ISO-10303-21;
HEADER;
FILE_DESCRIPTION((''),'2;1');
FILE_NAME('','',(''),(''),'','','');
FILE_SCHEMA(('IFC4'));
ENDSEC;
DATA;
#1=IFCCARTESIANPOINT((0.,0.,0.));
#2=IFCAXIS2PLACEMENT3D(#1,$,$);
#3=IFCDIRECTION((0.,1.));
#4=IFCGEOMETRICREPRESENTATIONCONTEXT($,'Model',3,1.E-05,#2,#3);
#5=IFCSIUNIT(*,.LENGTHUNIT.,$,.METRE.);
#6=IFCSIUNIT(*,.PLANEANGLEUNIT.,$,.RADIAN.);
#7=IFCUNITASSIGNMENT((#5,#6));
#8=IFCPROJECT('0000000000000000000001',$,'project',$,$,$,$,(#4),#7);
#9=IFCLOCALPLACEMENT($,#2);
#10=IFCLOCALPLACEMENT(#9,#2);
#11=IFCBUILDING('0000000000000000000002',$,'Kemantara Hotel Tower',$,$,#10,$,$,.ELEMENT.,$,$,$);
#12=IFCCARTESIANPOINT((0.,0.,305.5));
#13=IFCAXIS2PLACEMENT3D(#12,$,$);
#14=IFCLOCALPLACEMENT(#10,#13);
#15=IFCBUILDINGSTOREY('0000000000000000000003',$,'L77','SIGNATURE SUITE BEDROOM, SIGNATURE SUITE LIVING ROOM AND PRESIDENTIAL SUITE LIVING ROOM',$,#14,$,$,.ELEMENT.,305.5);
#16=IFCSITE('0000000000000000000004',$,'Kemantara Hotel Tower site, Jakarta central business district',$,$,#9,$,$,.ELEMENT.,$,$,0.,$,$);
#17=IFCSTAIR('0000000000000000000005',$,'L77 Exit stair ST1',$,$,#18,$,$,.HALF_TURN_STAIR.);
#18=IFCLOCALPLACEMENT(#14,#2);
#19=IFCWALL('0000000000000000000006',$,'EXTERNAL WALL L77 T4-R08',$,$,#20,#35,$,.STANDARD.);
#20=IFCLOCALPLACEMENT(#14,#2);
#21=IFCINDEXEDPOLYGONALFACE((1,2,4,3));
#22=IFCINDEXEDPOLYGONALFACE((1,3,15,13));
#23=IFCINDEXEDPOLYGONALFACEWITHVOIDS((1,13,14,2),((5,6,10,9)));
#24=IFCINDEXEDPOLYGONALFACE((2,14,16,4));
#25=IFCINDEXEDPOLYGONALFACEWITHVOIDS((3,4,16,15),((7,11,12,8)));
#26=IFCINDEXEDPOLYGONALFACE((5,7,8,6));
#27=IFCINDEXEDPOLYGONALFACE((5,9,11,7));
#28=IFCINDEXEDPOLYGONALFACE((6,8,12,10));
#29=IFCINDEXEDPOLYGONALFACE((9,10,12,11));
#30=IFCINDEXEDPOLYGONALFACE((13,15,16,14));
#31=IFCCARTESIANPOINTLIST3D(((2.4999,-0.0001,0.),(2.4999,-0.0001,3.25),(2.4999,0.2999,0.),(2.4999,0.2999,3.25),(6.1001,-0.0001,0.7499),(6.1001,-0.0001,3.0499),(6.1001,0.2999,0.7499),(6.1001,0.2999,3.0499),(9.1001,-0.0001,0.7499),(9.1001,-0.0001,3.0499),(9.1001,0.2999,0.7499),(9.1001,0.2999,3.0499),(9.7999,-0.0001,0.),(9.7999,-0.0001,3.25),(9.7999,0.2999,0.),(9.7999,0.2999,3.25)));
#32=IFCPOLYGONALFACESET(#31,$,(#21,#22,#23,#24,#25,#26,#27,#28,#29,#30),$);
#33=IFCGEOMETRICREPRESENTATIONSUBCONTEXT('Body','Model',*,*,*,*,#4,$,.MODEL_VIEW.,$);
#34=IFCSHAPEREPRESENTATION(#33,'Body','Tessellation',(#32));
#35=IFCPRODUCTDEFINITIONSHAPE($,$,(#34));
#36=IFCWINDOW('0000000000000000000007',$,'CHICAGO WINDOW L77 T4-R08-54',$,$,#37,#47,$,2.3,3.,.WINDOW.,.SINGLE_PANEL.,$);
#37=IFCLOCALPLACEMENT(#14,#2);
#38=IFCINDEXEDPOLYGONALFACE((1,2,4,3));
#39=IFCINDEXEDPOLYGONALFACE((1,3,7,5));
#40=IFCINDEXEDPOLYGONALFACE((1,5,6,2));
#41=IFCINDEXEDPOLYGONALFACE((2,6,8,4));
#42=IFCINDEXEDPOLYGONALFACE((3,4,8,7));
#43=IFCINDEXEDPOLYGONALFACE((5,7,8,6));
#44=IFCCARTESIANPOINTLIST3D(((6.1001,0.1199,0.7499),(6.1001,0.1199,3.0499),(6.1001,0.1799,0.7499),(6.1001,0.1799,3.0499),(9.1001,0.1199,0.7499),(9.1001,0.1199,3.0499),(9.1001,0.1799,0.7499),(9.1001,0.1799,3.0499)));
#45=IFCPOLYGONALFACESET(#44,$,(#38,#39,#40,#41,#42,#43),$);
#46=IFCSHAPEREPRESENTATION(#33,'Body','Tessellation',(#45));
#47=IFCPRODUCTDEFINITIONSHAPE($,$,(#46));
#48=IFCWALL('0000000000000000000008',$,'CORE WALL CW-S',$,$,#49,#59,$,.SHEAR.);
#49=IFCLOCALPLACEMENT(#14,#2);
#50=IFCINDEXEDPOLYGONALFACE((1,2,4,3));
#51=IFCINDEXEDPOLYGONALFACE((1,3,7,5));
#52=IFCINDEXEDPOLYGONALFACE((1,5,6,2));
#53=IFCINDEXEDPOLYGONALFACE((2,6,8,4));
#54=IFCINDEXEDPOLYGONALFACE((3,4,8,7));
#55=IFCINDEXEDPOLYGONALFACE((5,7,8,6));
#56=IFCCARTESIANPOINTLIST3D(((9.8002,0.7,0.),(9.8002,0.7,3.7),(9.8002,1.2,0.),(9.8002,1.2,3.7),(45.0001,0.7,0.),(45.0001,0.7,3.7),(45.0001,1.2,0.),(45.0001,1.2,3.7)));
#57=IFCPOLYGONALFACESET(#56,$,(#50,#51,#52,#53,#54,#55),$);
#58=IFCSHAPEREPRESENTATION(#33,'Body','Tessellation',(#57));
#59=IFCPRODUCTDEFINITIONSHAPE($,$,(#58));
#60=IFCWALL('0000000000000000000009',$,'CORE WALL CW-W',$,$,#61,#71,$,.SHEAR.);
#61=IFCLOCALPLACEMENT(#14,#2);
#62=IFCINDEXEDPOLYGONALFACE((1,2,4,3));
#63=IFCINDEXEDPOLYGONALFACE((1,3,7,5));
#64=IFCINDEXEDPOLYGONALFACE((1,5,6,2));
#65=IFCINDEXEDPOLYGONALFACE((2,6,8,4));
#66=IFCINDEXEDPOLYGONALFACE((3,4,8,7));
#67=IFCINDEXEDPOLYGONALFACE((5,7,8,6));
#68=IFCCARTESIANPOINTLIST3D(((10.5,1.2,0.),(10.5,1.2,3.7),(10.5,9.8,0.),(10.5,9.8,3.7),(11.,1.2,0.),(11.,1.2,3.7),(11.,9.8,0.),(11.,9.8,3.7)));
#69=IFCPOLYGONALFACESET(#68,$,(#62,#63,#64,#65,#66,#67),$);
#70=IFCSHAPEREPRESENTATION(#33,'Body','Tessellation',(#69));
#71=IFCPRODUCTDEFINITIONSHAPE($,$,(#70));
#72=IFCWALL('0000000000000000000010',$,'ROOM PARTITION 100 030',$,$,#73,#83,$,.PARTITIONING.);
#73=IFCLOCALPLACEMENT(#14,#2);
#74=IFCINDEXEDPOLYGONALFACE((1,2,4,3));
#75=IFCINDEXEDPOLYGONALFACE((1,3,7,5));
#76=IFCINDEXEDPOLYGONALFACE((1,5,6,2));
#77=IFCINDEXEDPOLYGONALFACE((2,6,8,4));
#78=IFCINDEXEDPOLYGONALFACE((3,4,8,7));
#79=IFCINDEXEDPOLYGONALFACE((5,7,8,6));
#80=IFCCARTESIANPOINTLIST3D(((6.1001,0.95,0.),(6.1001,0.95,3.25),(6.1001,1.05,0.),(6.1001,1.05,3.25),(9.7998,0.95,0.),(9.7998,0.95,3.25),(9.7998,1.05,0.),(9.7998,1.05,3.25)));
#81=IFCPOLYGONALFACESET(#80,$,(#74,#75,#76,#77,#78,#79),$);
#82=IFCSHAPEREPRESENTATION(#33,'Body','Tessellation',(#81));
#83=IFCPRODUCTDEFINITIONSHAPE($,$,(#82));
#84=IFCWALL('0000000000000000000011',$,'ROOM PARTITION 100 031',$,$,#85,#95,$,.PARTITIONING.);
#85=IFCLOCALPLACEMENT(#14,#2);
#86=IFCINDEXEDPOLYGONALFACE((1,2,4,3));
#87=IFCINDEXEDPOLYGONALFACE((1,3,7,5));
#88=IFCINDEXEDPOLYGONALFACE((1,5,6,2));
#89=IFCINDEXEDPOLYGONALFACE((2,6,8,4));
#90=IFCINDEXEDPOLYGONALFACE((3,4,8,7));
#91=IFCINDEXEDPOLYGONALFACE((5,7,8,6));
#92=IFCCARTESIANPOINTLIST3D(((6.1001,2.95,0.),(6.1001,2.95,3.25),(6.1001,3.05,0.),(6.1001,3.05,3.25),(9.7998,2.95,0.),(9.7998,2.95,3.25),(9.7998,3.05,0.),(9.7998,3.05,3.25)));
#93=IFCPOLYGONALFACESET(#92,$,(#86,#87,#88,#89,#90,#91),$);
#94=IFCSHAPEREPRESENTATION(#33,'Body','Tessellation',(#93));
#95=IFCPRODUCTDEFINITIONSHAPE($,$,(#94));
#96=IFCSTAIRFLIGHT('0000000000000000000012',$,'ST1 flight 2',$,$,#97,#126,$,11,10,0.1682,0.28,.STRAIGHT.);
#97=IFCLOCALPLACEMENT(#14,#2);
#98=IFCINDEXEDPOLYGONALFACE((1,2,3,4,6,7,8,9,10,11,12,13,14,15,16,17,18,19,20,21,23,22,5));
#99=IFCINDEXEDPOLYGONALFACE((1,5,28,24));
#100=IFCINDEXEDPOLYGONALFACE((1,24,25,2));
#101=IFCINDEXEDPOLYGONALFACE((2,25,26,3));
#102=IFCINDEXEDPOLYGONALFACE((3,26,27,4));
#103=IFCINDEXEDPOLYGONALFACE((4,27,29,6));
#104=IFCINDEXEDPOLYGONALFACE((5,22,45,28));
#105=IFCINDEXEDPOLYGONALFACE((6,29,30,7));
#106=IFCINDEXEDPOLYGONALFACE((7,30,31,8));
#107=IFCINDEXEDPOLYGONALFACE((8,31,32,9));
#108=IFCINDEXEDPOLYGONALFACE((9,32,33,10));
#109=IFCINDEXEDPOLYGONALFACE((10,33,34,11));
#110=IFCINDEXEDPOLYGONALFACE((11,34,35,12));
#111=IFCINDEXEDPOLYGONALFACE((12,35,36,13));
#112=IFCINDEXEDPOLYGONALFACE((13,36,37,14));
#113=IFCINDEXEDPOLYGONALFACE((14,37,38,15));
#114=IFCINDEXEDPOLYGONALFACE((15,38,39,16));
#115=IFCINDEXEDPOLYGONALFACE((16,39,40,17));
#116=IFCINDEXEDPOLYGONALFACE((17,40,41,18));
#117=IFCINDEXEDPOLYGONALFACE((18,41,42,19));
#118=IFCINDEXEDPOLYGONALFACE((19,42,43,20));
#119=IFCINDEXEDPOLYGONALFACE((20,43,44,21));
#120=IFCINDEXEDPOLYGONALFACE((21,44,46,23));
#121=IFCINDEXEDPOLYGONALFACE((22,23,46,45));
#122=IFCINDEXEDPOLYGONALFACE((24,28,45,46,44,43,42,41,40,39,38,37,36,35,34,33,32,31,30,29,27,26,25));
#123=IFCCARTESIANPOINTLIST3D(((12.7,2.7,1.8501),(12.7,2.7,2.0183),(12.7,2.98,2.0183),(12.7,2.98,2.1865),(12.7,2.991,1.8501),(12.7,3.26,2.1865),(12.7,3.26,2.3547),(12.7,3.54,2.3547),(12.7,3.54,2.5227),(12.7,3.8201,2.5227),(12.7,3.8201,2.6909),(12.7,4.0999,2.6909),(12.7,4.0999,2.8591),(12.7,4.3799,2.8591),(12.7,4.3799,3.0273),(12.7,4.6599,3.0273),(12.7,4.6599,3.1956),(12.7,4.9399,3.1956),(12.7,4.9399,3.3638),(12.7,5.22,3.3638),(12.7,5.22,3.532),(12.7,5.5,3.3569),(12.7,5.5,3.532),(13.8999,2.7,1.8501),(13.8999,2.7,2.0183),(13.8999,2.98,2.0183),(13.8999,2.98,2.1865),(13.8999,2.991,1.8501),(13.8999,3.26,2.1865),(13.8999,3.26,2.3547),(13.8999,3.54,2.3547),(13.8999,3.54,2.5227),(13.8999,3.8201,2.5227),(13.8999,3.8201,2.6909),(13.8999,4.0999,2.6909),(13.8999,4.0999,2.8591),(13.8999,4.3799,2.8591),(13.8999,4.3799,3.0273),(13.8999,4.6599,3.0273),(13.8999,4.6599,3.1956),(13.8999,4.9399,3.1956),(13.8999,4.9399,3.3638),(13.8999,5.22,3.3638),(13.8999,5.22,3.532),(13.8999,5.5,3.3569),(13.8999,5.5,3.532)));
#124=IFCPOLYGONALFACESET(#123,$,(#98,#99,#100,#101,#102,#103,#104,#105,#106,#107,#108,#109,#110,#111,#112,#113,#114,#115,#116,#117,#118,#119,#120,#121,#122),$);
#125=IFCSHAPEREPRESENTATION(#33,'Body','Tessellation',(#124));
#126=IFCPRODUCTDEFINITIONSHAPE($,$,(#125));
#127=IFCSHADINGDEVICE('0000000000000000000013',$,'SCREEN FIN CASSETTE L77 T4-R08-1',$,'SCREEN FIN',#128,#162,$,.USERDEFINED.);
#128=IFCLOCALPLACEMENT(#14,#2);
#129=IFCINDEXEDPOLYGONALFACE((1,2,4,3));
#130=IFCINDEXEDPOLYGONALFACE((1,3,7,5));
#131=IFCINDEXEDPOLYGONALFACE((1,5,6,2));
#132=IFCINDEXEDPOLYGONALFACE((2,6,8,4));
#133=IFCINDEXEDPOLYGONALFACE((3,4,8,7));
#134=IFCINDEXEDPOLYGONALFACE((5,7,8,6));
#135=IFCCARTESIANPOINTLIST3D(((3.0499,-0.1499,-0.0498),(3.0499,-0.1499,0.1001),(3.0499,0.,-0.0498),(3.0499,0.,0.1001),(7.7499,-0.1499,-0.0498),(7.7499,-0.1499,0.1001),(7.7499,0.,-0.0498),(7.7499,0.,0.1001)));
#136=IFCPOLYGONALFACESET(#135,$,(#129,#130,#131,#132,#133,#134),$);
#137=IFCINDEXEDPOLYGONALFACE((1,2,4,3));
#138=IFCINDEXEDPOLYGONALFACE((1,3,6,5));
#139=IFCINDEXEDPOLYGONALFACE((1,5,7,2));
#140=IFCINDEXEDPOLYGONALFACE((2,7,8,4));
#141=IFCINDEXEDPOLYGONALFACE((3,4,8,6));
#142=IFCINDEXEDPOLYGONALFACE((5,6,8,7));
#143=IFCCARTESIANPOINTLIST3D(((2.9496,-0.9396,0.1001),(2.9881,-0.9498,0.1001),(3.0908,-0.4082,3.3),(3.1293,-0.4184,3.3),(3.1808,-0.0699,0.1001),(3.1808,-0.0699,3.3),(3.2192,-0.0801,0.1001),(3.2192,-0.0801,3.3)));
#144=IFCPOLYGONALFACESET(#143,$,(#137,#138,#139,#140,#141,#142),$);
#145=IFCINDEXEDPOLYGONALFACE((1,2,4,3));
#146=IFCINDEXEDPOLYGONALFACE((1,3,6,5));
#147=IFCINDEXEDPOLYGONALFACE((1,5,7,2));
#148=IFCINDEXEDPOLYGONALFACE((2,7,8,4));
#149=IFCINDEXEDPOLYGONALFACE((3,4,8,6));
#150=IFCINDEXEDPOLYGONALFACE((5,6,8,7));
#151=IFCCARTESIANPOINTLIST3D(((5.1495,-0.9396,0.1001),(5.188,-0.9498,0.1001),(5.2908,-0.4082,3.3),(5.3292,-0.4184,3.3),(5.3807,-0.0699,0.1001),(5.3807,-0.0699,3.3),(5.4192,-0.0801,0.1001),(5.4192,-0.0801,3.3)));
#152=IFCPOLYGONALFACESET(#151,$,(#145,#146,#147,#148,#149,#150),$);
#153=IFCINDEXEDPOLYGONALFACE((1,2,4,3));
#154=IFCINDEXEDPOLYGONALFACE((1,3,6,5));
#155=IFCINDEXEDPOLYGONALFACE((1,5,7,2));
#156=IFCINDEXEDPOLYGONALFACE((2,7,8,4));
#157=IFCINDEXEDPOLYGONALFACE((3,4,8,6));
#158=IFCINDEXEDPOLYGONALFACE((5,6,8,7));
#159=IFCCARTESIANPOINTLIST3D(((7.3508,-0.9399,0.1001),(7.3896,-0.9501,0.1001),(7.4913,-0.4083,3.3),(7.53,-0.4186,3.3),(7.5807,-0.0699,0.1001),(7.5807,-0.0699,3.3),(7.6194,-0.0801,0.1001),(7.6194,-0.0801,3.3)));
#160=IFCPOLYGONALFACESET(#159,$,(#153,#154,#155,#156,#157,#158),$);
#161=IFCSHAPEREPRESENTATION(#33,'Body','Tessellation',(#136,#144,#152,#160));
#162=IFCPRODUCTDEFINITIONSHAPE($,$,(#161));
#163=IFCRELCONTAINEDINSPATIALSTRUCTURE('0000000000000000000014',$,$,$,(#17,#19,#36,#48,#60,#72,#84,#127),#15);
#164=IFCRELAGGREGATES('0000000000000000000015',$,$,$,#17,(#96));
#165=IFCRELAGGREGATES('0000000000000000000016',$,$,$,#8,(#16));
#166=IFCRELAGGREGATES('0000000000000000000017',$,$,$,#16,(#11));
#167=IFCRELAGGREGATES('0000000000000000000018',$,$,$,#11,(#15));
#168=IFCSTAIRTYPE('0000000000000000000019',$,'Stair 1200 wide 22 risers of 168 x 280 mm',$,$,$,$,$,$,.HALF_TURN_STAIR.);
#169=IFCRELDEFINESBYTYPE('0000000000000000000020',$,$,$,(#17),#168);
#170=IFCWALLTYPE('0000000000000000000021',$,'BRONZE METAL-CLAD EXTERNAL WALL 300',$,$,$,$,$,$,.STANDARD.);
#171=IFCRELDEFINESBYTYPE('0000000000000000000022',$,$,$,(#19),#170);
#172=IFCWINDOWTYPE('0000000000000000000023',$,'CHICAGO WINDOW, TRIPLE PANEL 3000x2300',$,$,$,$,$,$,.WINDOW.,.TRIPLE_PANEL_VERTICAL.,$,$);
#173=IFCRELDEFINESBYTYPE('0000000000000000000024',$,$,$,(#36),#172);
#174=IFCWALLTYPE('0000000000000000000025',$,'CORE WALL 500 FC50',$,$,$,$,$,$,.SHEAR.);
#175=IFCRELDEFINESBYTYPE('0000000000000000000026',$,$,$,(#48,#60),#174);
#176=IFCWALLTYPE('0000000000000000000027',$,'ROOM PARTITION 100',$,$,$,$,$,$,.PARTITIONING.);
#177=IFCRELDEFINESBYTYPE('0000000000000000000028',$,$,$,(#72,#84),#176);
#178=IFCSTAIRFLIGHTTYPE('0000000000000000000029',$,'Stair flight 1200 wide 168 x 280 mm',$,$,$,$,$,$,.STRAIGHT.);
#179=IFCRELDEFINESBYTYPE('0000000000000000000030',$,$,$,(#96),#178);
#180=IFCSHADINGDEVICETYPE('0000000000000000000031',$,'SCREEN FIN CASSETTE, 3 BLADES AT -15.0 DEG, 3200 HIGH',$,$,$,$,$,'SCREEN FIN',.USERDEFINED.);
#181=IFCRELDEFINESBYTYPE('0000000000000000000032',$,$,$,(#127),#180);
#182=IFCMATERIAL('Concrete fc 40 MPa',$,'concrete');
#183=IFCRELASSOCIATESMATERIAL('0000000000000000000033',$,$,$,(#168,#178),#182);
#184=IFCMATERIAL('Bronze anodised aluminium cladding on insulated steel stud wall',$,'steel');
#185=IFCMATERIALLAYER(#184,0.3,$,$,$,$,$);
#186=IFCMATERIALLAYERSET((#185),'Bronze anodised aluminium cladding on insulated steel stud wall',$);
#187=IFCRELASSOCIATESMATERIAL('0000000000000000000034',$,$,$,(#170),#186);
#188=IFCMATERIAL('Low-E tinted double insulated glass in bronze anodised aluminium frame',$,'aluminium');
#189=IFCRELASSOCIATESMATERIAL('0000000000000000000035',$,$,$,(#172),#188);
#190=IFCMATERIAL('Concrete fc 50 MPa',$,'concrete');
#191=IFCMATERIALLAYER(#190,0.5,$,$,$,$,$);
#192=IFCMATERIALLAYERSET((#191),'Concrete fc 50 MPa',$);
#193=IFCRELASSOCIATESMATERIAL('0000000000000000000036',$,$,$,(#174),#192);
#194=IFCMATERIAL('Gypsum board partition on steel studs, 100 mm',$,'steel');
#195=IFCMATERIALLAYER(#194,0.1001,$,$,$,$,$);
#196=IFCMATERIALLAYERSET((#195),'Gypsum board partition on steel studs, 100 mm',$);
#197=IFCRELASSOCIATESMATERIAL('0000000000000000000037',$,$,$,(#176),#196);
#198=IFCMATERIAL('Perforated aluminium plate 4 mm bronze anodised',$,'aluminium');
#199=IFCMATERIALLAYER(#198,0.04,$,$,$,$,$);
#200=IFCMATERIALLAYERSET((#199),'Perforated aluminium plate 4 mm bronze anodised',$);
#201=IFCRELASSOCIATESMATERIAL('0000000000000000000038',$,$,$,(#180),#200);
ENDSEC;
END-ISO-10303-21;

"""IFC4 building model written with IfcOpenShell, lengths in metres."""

from ifc_helpers import new_model, si_unit, direction, frame, frame_2d, origin, origin_2d, place, context, subcontext, project, spatial, polyline, rectangle, outline, extrude, source, transform, mapped, material, layer, layer_set, type_object, element, fill, aggregate, save


model = new_model("IFC4")

# Units and contexts
model_context = context("Model", 3, precision=1e-05, world=origin(), true_north=direction((0.0, 1.0)))
body_context = subcontext(model_context, "Body", "Model", "MODEL_VIEW")
ifc_project = project(units=[si_unit("LENGTHUNIT", "METRE"), si_unit("PLANEANGLEUNIT", "RADIAN")], contexts=[model_context])

# Site, building, storey
site_placement = place(None, origin())
site = spatial("IfcSite", under=ifc_project, at=site_placement, Name="Kemantara Hotel Tower site, Jakarta central business district", CompositionType="ELEMENT", RefElevation=0.0)
building_placement = place(site_placement, origin())
building = spatial("IfcBuilding", under=site, at=building_placement, Name="Kemantara Hotel Tower", CompositionType="ELEMENT")
storey_placement = place(building_placement, frame((0.0, 0.0, 305.5)))
storey = spatial("IfcBuildingStorey", under=building, at=storey_placement, Name="L77", Description="SIGNATURE SUITE BEDROOM, SIGNATURE SUITE LIVING ROOM AND PRESIDENTIAL SUITE LIVING ROOM", CompositionType="ELEMENT", Elevation=305.5)

# Shared definitions
ifc_material_1 = material(Name="Concrete fc 50 MPa", Category="concrete")

# Shared definitions
ifc_material_2 = material(Name="Concrete fc 40 MPa", Category="concrete")

# Stair
stair_type_1 = type_object("IfcStairType", Name="Stair 1200 wide 22 risers of 168 x 280 mm", PredefinedType="HALF_TURN_STAIR", material=ifc_material_2)
stair_1_placement = place(storey_placement, origin())
stair_1 = element("IfcStair", 1, at=stair_1_placement, inside=storey, type_object=stair_type_1, Name="L77 Exit stair ST1", PredefinedType="HALF_TURN_STAIR")

# Shared definitions
ifc_material_3 = material(Name="Bronze anodised aluminium cladding on insulated steel stud wall", Category="steel")
ifc_layer_1 = layer(ifc_material_3, 0.3)
ifc_layer_set_1 = layer_set([ifc_layer_1], Name="Bronze anodised aluminium cladding on insulated steel stud wall")
wall_type_1 = type_object("IfcWallType", Name="BRONZE METAL-CLAD EXTERNAL WALL 300", PredefinedType="STANDARD", material=ifc_layer_set_1)

# Wall, opening, window
wall_1_placement = place(storey_placement, frame((2.5, 0.1499, 0.0), z_axis=(0.0, 0.0, 1.0), x_axis=(1.0, 0.0, 0.0)))
wall_1 = element("IfcWall", 2, at=wall_1_placement, inside=storey, type_object=wall_type_1, Name="EXTERNAL WALL L77 T4-R08", PredefinedType="STANDARD", context=body_context, shape_type="SweptSolid", body=[
    extrude(rectangle(XDim=7.3, YDim=0.3, at=frame_2d((3.6499, 0.0))), origin(), (0.0, 0.0, 1.0), 3.25),
])
opening_placement = place(wall_1_placement, frame((3.6001, 0.0, 0.75)))
opening = element("IfcOpeningElement", 3, at=opening_placement, cuts=wall_1, PredefinedType="OPENING", context=body_context, shape_type="SweptSolid", body=[
    extrude(rectangle(XDim=3.0, YDim=2.3, at=frame_2d((1.5, 1.1499))), frame((0.0, 0.1599, 0.0), z_axis=(0.0, -1.0, 0.0), x_axis=(1.0, 0.0, 0.0)), (0.0, 0.0, 1.0), 0.3201),
])
ifc_material_4 = material(Name="Low-E tinted double insulated glass in bronze anodised aluminium frame", Category="aluminium")
window_type = type_object("IfcWindowType", Name="CHICAGO WINDOW, TRIPLE PANEL 3000x2300", PartitioningType="TRIPLE_PANEL_VERTICAL", PredefinedType="WINDOW", material=ifc_material_4)
window_placement = place(opening_placement, origin())
window = element("IfcWindow", 4, at=window_placement, inside=storey, type_object=window_type, Name="CHICAGO WINDOW L77 T4-R08-54", OverallHeight=2.3, OverallWidth=3.0, PartitioningType="SINGLE_PANEL", PredefinedType="WINDOW", context=body_context, shape_type="SweptSolid", body=[
    extrude(rectangle(XDim=3.0, YDim=2.3, at=frame_2d((1.5, 1.1499))), frame((0.0, 0.03, 0.0), z_axis=(0.0, -1.0, 0.0), x_axis=(1.0, 0.0, 0.0)), (0.0, 0.0, 1.0), 0.0601),
])
fill(opening, window)

# Walls
ifc_layer_2 = layer(ifc_material_1, 0.5)
ifc_layer_set_2 = layer_set([ifc_layer_2], Name="Concrete fc 50 MPa")
wall_type_2 = type_object("IfcWallType", Name="CORE WALL 500 FC50", PredefinedType="SHEAR", material=ifc_layer_set_2)
wall_2_placement = place(storey_placement, frame((9.8, 0.95, 0.0), z_axis=(0.0, 0.0, 1.0), x_axis=(1.0, 0.0, 0.0)))
element("IfcWall", 5, at=wall_2_placement, inside=storey, type_object=wall_type_2, Name="CORE WALL CW-S", PredefinedType="SHEAR", context=body_context, shape_type="SweptSolid", body=[
    extrude(rectangle(XDim=35.2, YDim=0.5, at=frame_2d((17.6001, 0.0))), origin(), (0.0, 0.0, 1.0), 3.7),
])
wall_3_placement = place(storey_placement, frame((10.75, 1.2, 0.0), z_axis=(0.0, 0.0, 1.0), x_axis=(0.0, 1.0, 0.0)))
element("IfcWall", 6, at=wall_3_placement, inside=storey, type_object=wall_type_2, Name="CORE WALL CW-W", PredefinedType="SHEAR", context=body_context, shape_type="SweptSolid", body=[
    extrude(rectangle(XDim=8.6001, YDim=0.5, at=frame_2d((4.3, 0.0))), origin(), (0.0, 0.0, 1.0), 3.7),
])
ifc_material_5 = material(Name="Gypsum board partition on steel studs, 100 mm", Category="steel")
ifc_layer_3 = layer(ifc_material_5, 0.1001)
ifc_layer_set_3 = layer_set([ifc_layer_3], Name="Gypsum board partition on steel studs, 100 mm")
wall_type_3 = type_object("IfcWallType", Name="ROOM PARTITION 100", PredefinedType="PARTITIONING", material=ifc_layer_set_3)
for number, where, z_axis, x_axis, name in (
    (7, (6.1001, 1.0, 0.0), (0.0, 0.0, 1.0), (1.0, 0.0, 0.0), "ROOM PARTITION 100 030"),
    (8, (6.1001, 3.0, 0.0), (0.0, 0.0, 1.0), (1.0, 0.0, 0.0), "ROOM PARTITION 100 031"),
):
    element("IfcWall", number, at=place(storey_placement, frame(where, z_axis=z_axis, x_axis=x_axis)), inside=storey, type_object=wall_type_3, Name=name, PredefinedType="PARTITIONING", context=body_context, shape_type="SweptSolid", body=[
        extrude(rectangle(XDim=3.6997, YDim=0.1001, at=frame_2d((1.8499, 0.0))), origin(), (0.0, 0.0, 1.0), 3.25),
    ])

# Stair flight
stair_flight_type = type_object("IfcStairFlightType", Name="Stair flight 1200 wide 168 x 280 mm", PredefinedType="STRAIGHT", material=ifc_material_2)
stair_flight_placement = place(storey_placement, frame((13.3, 2.7, 1.8501), z_axis=(0.0, 0.0, 1.0), x_axis=(0.0, 1.0, 0.0)))
stair_flight = element("IfcStairFlight", 9, at=stair_flight_placement, type_object=stair_flight_type, Name="ST1 flight 2", NumberOfRisers=11, NumberOfTreads=10, PredefinedType="STRAIGHT", RiserHeight=0.1682, TreadLength=0.28, context=body_context, shape_type="SweptSolid", body=[
    extrude(outline(polyline([(0.0, 0.0), (0.0, 0.1682), (0.28, 0.1682), (0.28, 0.3364), (0.5601, 0.3364), (0.5601, 0.5046), (0.8401, 0.5046), (0.8401, 0.6726), (1.1201, 0.6726), (1.1201, 0.8408), (1.3999, 0.8408), (1.3999, 1.009), (1.6799, 1.009), (1.6799, 1.1772), (1.96, 1.1772), (1.96, 1.3455), (2.24, 1.3455), (2.24, 1.5137), (2.52, 1.5137), (2.52, 1.6819), (2.8, 1.6819), (2.8, 1.8501), (2.8, 1.5068), (0.291, 0.0), (0.0, 0.0)])), frame((0.0, 0.6001, 0.0), z_axis=(0.0, -1.0, 0.0), x_axis=(1.0, 0.0, 0.0)), (0.0, 0.0, 1.0), 1.2),
])
aggregate(stair_1, [stair_flight])

# Shading device
ifc_material_6 = material(Name="Perforated aluminium plate 4 mm bronze anodised", Category="aluminium")
ifc_layer_4 = layer(ifc_material_6, 0.04)
ifc_layer_set_4 = layer_set([ifc_layer_4], Name="Perforated aluminium plate 4 mm bronze anodised")
shading_device_type_1 = type_object("IfcShadingDeviceType", Name="SCREEN FIN CASSETTE, 3 BLADES AT -15.0 DEG, 3200 HIGH", ElementType="SCREEN FIN", PredefinedType="USERDEFINED", material=ifc_layer_set_4)
shared_shape_1 = source(origin(), body_context, "Body", "SweptSolid", [
    extrude(rectangle(XDim=4.7, YDim=0.1499, at=origin_2d()), frame((2.2, -0.075, -0.1499), z_axis=(0.0, 0.0, 1.0), x_axis=(1.0, 0.0, 0.0)), (0.0, 0.0, 1.0), 0.1499),
    extrude(outline(polyline([(0.0, 0.0), (0.8999, 0.0), (0.3501, 3.2), (0.0, 3.2), (0.0, 0.0)])), frame((0.0193, -0.0801, 0.0), z_axis=(-0.966438, 0.256901, 0.0), x_axis=(-0.256901, -0.966438, 0.0)), (0.0, 0.0, 1.0), 0.0398),
    extrude(outline(polyline([(0.0, 0.0), (0.8999, 0.0), (0.3501, 3.2), (0.0, 3.2), (0.0, 0.0)])), frame((2.2192, -0.0801, 0.0), z_axis=(-0.966438, 0.256901, 0.0), x_axis=(-0.256901, -0.966438, 0.0)), (0.0, 0.0, 1.0), 0.0398),
    extrude(outline(polyline([(0.0, 0.0), (0.8999, 0.0), (0.3501, 3.2), (0.0, 3.2), (0.0, 0.0)])), frame((4.4194, -0.0801, 0.0), z_axis=(-0.966838, 0.255391, 0.0), x_axis=(-0.255391, -0.966838, 0.0)), (0.0, 0.0, 1.0), 0.04),
])
shading_device_1_placement = place(storey_placement, frame((3.2, 0.0, 0.1001), z_axis=(0.0, 0.0, 1.0), x_axis=(1.0, 0.0, 0.0)))
element("IfcShadingDevice", 10, at=shading_device_1_placement, inside=storey, type_object=shading_device_type_1, Name="SCREEN FIN CASSETTE L77 T4-R08-1", ObjectType="SCREEN FIN", PredefinedType="USERDEFINED", context=body_context, shape_type="MappedRepresentation", body=[
    mapped(shared_shape_1, transform((0.0, 0.0, 0.0))),
])

save(model, "model.ifc")
